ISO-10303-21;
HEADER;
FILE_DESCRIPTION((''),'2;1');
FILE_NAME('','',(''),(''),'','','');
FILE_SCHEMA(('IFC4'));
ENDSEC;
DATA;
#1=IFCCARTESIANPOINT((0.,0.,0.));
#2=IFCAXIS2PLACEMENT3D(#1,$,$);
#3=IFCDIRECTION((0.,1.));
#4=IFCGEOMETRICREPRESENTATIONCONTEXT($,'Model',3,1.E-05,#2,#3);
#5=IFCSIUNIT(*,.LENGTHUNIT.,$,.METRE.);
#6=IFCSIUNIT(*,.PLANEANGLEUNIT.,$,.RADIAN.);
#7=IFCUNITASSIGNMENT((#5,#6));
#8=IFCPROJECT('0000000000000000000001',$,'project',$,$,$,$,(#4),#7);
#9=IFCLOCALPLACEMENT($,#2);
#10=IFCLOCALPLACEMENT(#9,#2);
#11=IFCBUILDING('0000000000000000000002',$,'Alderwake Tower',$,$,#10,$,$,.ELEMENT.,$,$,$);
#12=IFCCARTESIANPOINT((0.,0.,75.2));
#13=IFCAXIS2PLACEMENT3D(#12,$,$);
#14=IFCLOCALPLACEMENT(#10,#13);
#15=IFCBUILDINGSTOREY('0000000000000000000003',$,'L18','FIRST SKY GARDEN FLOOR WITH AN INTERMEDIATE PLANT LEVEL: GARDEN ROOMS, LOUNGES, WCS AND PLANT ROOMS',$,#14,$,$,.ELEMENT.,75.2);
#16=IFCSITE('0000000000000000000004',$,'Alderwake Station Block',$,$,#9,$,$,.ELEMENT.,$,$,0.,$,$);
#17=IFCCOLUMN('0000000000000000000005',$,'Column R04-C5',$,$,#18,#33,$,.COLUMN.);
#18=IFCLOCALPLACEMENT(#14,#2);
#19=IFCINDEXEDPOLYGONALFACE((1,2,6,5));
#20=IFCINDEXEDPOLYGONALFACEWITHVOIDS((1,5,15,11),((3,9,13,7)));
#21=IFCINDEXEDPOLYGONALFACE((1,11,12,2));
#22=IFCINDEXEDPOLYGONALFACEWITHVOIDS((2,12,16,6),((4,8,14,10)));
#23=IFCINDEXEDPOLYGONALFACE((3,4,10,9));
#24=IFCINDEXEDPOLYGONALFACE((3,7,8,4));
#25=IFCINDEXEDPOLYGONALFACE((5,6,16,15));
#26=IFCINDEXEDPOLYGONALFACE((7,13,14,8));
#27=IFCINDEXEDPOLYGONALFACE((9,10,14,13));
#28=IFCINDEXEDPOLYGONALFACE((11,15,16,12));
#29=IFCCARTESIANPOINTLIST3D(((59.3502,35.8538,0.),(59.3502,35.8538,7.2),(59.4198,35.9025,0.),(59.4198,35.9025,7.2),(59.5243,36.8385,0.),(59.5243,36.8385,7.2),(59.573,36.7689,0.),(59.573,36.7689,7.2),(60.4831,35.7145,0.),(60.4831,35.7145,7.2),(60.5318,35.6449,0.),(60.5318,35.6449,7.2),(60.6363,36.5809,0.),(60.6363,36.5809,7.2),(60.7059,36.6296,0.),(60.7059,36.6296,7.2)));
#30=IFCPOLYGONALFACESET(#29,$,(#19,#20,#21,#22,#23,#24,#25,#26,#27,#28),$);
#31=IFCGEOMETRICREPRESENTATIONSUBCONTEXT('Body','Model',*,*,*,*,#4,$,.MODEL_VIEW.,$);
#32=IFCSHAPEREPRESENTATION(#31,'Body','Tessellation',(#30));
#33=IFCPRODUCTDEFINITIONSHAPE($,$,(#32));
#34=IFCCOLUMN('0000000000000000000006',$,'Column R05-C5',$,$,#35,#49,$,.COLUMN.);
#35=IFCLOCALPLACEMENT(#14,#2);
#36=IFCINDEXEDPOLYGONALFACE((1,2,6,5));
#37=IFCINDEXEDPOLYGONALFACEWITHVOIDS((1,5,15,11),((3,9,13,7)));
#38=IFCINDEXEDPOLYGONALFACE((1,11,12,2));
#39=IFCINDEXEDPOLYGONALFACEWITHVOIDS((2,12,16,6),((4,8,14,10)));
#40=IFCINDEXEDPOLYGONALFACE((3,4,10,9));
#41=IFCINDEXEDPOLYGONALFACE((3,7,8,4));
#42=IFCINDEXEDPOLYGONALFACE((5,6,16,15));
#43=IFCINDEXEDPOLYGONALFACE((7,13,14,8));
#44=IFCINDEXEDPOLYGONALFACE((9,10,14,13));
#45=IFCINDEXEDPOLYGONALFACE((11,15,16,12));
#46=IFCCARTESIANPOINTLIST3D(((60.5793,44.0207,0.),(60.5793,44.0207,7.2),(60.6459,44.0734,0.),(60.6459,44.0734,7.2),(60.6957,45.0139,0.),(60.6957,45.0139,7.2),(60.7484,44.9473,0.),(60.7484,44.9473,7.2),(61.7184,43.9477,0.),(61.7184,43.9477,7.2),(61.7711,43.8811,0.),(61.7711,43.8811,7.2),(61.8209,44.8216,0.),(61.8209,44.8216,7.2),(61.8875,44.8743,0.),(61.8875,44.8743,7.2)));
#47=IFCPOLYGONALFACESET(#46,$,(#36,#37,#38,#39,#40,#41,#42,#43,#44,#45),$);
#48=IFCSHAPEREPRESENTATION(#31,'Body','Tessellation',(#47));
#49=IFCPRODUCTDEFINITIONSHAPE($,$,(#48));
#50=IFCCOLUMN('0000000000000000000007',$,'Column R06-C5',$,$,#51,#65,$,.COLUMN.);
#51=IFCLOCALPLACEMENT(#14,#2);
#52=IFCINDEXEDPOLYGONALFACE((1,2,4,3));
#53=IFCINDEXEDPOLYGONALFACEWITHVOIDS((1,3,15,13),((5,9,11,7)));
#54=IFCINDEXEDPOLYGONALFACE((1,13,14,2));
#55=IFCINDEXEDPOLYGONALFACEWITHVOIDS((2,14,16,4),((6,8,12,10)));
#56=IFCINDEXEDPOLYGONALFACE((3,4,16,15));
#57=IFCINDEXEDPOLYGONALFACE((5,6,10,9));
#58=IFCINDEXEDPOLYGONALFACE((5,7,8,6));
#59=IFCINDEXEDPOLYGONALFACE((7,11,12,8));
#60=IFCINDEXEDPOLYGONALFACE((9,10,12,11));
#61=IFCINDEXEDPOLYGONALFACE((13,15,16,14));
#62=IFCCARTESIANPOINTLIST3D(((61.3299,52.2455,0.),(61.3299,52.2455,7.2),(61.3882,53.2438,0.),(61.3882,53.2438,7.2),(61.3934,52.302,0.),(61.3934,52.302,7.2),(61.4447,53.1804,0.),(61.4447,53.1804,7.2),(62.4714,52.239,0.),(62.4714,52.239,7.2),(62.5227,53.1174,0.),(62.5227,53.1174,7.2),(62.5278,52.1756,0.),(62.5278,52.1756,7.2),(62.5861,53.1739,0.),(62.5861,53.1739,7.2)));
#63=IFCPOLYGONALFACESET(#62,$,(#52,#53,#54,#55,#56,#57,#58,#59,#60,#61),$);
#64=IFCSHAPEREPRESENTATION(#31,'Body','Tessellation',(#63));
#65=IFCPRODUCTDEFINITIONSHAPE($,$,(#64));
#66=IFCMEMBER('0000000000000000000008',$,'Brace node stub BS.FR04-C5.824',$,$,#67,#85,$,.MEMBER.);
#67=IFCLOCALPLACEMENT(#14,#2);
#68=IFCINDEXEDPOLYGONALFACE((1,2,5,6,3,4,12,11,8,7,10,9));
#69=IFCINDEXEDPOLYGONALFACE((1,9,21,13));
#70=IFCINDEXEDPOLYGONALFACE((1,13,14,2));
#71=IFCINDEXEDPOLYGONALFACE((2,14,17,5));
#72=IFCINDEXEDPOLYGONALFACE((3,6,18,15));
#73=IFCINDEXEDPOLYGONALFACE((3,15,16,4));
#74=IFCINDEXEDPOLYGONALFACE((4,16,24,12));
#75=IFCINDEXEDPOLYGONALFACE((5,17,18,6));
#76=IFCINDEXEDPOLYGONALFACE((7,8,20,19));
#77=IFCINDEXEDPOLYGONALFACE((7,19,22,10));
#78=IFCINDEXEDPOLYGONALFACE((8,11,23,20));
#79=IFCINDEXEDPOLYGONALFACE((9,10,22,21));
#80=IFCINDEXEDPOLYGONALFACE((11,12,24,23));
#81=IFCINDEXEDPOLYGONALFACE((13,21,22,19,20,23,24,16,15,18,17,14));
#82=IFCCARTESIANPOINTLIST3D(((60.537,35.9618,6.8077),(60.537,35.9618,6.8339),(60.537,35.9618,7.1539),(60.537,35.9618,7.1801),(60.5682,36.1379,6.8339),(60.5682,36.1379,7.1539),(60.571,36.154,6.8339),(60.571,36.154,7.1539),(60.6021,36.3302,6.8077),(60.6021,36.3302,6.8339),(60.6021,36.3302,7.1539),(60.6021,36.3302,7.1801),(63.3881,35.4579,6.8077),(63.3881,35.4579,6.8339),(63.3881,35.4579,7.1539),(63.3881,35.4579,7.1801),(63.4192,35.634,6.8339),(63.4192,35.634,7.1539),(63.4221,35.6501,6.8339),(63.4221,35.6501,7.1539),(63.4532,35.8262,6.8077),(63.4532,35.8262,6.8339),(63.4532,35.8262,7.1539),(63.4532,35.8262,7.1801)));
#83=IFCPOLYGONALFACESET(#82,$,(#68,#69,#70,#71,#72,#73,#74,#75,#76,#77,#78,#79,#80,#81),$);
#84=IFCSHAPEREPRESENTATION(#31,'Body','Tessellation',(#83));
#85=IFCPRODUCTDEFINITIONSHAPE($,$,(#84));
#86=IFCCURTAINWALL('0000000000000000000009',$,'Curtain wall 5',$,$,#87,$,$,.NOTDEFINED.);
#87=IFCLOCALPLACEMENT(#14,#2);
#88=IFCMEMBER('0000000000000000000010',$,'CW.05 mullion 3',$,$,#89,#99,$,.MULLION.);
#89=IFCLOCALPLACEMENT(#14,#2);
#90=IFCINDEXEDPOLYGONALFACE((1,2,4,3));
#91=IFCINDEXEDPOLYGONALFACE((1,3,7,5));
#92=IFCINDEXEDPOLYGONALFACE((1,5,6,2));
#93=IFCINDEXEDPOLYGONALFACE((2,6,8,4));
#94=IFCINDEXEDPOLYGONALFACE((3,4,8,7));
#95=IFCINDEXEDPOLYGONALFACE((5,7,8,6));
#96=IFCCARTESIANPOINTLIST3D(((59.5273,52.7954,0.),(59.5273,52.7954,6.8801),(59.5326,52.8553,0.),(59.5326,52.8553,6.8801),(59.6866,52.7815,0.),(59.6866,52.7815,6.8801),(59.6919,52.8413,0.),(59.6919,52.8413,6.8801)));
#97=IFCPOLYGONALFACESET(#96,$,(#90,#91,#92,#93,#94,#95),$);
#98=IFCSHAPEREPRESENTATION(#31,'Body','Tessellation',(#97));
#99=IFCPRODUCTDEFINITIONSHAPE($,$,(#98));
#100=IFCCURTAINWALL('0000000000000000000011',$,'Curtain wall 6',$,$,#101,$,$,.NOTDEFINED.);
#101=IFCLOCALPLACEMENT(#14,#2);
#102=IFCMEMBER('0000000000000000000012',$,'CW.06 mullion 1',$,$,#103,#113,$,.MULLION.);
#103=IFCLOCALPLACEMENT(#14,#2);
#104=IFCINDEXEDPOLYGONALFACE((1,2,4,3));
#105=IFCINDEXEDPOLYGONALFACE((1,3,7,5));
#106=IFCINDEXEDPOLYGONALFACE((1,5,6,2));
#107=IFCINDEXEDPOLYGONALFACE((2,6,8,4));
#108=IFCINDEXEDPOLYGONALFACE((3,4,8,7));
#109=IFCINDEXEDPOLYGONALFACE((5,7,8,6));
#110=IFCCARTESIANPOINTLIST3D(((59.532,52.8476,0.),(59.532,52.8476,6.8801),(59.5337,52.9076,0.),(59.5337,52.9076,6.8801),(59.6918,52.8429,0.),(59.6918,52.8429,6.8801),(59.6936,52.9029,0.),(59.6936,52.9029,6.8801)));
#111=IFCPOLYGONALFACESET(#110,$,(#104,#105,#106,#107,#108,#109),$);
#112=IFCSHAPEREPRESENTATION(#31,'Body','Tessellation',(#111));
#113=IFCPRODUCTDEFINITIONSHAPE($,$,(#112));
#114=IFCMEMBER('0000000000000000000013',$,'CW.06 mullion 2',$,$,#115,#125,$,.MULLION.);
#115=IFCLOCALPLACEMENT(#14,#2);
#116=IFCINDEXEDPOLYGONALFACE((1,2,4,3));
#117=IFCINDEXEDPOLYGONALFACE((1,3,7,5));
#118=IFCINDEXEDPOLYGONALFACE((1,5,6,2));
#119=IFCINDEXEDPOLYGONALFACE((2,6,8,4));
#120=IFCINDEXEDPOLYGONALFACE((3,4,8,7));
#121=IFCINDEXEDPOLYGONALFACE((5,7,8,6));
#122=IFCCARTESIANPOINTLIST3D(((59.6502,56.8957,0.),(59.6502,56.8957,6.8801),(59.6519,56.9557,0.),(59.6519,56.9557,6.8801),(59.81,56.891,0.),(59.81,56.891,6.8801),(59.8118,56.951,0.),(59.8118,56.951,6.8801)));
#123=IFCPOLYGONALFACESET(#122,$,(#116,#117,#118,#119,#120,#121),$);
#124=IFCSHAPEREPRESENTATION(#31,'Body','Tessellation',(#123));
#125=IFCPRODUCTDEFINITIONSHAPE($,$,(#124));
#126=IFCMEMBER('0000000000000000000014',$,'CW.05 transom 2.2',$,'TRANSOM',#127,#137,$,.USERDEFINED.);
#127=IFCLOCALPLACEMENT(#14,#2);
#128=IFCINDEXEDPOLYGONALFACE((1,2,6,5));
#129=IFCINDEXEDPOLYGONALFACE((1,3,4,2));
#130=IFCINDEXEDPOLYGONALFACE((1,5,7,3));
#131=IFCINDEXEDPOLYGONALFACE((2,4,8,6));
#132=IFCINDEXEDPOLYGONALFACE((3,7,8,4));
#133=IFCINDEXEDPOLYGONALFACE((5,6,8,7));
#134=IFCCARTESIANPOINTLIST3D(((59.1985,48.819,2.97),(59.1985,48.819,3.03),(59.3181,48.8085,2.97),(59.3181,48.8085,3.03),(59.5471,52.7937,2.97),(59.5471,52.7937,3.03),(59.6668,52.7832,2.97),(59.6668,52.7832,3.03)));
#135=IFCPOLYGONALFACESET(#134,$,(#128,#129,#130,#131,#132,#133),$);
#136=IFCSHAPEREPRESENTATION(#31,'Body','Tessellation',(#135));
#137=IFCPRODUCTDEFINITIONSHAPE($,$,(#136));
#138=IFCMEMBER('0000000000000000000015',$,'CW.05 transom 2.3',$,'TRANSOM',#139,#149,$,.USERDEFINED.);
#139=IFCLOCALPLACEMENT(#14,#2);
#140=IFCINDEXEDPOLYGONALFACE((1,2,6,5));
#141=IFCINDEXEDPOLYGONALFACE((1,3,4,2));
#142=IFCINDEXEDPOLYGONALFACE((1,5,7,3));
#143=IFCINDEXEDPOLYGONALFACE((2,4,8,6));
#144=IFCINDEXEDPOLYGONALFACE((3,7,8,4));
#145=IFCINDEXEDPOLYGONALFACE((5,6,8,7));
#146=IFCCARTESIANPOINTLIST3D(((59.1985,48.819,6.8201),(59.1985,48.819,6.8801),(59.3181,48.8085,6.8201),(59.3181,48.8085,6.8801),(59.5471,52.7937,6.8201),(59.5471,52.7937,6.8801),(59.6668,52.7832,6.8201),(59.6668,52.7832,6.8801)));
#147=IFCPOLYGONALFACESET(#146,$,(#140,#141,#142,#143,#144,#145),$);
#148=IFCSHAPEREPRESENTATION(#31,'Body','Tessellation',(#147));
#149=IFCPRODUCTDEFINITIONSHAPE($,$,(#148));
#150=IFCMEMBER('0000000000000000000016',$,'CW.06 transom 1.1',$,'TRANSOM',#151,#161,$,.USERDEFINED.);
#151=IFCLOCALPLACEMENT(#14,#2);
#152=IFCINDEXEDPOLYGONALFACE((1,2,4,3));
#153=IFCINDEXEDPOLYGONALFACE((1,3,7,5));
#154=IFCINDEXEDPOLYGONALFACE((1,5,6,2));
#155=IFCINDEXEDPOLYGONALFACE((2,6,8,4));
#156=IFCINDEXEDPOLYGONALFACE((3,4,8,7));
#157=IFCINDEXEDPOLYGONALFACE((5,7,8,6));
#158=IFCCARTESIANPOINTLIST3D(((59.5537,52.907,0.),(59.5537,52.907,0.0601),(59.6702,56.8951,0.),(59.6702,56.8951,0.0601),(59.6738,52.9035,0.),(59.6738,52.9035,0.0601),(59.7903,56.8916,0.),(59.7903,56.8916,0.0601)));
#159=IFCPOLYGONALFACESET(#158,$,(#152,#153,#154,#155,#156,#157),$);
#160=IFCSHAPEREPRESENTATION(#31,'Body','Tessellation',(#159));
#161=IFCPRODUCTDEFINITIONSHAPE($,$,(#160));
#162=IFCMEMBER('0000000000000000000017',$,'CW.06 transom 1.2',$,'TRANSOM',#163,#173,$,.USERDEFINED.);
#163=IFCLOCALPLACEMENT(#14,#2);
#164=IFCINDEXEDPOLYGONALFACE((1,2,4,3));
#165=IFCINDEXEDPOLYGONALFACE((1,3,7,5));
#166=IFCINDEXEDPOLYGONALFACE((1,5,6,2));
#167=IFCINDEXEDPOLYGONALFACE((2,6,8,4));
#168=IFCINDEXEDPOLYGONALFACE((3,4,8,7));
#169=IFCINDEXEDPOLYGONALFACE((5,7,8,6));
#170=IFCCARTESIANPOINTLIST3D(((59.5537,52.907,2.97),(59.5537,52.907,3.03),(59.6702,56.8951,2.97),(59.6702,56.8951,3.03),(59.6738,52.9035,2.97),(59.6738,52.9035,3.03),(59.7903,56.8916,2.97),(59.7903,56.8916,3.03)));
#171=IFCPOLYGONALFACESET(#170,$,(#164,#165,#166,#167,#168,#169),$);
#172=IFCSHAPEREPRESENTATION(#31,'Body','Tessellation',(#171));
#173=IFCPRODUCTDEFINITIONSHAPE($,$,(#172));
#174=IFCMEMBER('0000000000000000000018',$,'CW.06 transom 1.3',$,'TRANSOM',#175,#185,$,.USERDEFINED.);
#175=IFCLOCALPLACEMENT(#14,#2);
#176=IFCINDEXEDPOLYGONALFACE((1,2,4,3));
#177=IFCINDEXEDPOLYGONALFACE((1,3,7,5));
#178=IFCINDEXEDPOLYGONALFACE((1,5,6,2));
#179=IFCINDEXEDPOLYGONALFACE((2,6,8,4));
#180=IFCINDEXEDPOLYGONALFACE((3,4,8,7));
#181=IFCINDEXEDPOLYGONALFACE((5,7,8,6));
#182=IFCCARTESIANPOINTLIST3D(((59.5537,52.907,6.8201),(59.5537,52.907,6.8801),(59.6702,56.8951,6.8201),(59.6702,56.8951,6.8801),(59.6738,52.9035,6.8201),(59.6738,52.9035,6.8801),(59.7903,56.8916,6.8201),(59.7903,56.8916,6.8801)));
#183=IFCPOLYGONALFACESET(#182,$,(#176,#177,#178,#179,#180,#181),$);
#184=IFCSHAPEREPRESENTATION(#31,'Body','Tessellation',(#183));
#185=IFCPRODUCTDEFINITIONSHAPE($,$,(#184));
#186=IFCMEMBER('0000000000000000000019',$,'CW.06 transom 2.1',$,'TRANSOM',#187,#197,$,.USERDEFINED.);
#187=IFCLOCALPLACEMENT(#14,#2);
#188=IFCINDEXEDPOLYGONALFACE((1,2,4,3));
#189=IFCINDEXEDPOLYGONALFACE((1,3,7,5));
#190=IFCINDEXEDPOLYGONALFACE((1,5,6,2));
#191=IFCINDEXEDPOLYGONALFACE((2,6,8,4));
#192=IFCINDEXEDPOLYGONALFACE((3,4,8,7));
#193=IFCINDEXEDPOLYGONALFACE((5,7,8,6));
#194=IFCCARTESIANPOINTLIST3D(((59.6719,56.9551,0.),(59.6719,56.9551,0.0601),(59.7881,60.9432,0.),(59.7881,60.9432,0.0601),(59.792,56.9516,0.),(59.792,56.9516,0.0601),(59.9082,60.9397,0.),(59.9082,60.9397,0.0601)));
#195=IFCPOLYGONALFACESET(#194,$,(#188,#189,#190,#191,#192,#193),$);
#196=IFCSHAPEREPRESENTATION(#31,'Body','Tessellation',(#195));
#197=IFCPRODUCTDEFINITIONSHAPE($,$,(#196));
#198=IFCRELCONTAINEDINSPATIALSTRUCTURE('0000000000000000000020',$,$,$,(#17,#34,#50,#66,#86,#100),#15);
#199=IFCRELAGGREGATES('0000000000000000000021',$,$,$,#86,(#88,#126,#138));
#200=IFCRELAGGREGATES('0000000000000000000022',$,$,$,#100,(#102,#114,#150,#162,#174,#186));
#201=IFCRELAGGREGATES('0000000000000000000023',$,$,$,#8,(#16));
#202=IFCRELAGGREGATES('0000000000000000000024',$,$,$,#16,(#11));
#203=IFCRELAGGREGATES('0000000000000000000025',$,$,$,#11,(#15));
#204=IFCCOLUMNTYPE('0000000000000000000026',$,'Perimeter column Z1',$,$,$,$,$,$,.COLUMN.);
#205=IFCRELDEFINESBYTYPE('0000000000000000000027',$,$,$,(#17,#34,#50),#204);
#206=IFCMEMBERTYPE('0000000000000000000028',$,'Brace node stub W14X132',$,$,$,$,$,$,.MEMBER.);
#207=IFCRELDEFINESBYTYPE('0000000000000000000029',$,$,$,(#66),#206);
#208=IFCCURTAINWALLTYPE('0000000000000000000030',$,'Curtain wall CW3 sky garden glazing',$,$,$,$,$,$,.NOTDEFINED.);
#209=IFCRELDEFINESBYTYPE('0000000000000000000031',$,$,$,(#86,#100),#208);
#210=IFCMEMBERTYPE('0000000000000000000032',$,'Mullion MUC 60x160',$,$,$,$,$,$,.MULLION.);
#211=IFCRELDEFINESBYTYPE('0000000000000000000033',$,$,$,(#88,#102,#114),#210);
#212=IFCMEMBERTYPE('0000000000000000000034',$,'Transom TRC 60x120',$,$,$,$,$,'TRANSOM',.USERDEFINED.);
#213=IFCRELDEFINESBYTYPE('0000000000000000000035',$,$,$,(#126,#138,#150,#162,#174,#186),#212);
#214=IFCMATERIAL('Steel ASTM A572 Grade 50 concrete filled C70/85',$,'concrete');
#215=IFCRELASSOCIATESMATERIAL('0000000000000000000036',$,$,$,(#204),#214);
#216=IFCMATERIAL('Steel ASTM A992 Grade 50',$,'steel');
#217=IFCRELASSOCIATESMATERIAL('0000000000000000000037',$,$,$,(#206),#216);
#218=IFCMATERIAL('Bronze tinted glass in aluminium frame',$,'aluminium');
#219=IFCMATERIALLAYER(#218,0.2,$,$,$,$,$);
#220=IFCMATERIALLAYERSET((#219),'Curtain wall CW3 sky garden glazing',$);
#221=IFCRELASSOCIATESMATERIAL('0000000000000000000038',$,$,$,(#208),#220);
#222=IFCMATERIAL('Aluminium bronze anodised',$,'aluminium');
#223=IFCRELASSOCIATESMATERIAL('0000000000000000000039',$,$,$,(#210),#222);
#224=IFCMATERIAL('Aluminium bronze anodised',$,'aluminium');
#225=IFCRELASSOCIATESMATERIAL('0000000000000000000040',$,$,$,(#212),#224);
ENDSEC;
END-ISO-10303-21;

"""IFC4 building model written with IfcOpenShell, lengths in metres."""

from ifc_helpers import new_model, si_unit, direction, frame, origin, origin_2d, place, context, subcontext, project, spatial, rectangle, hollow_rectangle, i_section, extrude, material, layer, layer_set, material_profile, profile_set, type_object, element, aggregate, save


model = new_model("IFC4")

# Units and contexts
model_context = context("Model", 3, precision=1e-05, world=origin(), true_north=direction((0.0, 1.0)))
body_context = subcontext(model_context, "Body", "Model", "MODEL_VIEW")
ifc_project = project(units=[si_unit("LENGTHUNIT", "METRE"), si_unit("PLANEANGLEUNIT", "RADIAN")], contexts=[model_context])

# Site, building, storey
site_placement = place(None, origin())
site = spatial("IfcSite", under=ifc_project, at=site_placement, Name="Alderwake Station Block", CompositionType="ELEMENT", RefElevation=0.0)
building_placement = place(site_placement, origin())
building = spatial("IfcBuilding", under=site, at=building_placement, Name="Alderwake Tower", CompositionType="ELEMENT")
storey_placement = place(building_placement, frame((0.0, 0.0, 75.2)))
storey = spatial("IfcBuildingStorey", under=building, at=storey_placement, Name="L18", Description="FIRST SKY GARDEN FLOOR WITH AN INTERMEDIATE PLANT LEVEL: GARDEN ROOMS, LOUNGES, WCS AND PLANT ROOMS", CompositionType="ELEMENT", Elevation=75.2)

# Columns
ifc_material_1 = material(Name="Steel ASTM A572 Grade 50 concrete filled C70/85", Category="concrete")
ifc_material_profile_1 = material_profile(ifc_material_1, hollow_rectangle(XDim=1.0, YDim=1.2, WallThickness=0.0601, at=origin_2d()), Name="BOX 1200X1000X60")
ifc_profile_set_1 = profile_set([ifc_material_profile_1], Name="Steel ASTM A572 Grade 50 concrete filled C70/85")
column_type = type_object("IfcColumnType", Name="Perimeter column Z1", PredefinedType="COLUMN", material=ifc_profile_set_1)
for number, where, z_axis, x_axis, name in (
    (1, (60.0281, 36.2417, 0.0), (0.0, 0.0, 1.0), (0.174109, 0.984726, 0.0), "Column R04-C5"),
    (2, (61.2334, 44.4475, 0.0), (0.0, 0.0, 1.0), (0.116402, 0.993202, 0.0), "Column R05-C5"),
    (3, (61.958, 52.7097, 0.0), (0.0, 0.0, 1.0), (0.058301, 0.998299, 0.0), "Column R06-C5"),
):
    element("IfcColumn", number, at=place(storey_placement, frame(where, z_axis=z_axis, x_axis=x_axis)), inside=storey, type_object=column_type, Name=name, PredefinedType="COLUMN", context=body_context, shape_type="SweptSolid", body=[
        extrude(hollow_rectangle(XDim=1.0, YDim=1.2, WallThickness=0.0601, at=origin_2d()), origin(), (0.0, 0.0, 1.0), 7.2),
    ])

# Member
ifc_material_2 = material(Name="Steel ASTM A992 Grade 50", Category="steel")
ifc_material_profile_2 = material_profile(ifc_material_2, i_section(OverallWidth=0.374, OverallDepth=0.3723, WebThickness=0.0164, FlangeThickness=0.0261, at=origin_2d()), Name="W14X132")
ifc_profile_set_2 = profile_set([ifc_material_profile_2], Name="Steel ASTM A992 Grade 50")
member_type_1 = type_object("IfcMemberType", Name="Brace node stub W14X132", PredefinedType="MEMBER", material=ifc_profile_set_2)
member_1_placement = place(storey_placement, frame((60.5696, 36.146, 6.9939), z_axis=(0.984738, -0.174045, 0.0), x_axis=(0.174045, 0.984738, 0.0)))
element("IfcMember", 4, at=member_1_placement, inside=storey, type_object=member_type_1, Name="Brace node stub BS.FR04-C5.824", PredefinedType="MEMBER", context=body_context, shape_type="SweptSolid", body=[
    extrude(i_section(OverallWidth=0.374, OverallDepth=0.3723, WebThickness=0.0164, FlangeThickness=0.0261, at=origin_2d()), origin(), (0.0, 0.0, 1.0), 2.8953),
])

# Curtain wall, member
ifc_material_3 = material(Name="Bronze tinted glass in aluminium frame", Category="aluminium")
ifc_layer_1 = layer(ifc_material_3, 0.2)
ifc_layer_set_1 = layer_set([ifc_layer_1], Name="Curtain wall CW3 sky garden glazing")
curtain_wall_type = type_object("IfcCurtainWallType", Name="Curtain wall CW3 sky garden glazing", PredefinedType="NOTDEFINED", material=ifc_layer_set_1)
curtain_wall_1_placement = place(storey_placement, origin())
curtain_wall_1 = element("IfcCurtainWall", 5, at=curtain_wall_1_placement, inside=storey, type_object=curtain_wall_type, Name="Curtain wall 5", PredefinedType="NOTDEFINED")
ifc_material_4 = material(Name="Aluminium bronze anodised", Category="aluminium")
ifc_material_profile_3 = material_profile(ifc_material_4, rectangle(XDim=0.1599, YDim=0.0601, at=origin_2d()), Name="Mullion MUC 60x160")
ifc_profile_set_3 = profile_set([ifc_material_profile_3], Name="Aluminium bronze anodised")
member_type_2 = type_object("IfcMemberType", Name="Mullion MUC 60x160", PredefinedType="MULLION", material=ifc_profile_set_3)
member_2_placement = place(storey_placement, frame((59.6096, 52.8184, 0.0), z_axis=(0.0, 0.0, 1.0), x_axis=(-0.996175, 0.087381, 0.0)))
member_2 = element("IfcMember", 6, at=member_2_placement, type_object=member_type_2, Name="CW.05 mullion 3", PredefinedType="MULLION", context=body_context, shape_type="SweptSolid", body=[
    extrude(rectangle(XDim=0.1599, YDim=0.0601, at=origin_2d()), origin(), (0.0, 0.0, 1.0), 6.8801),
])

# Curtain wall, members
curtain_wall_2_placement = place(storey_placement, origin())
curtain_wall_2 = element("IfcCurtainWall", 7, at=curtain_wall_2_placement, inside=storey, type_object=curtain_wall_type, Name="Curtain wall 6", PredefinedType="NOTDEFINED")
member_3_placement = place(storey_placement, frame((59.6128, 52.8752, 0.0), z_axis=(0.0, 0.0, 1.0), x_axis=(-0.999575, 0.029168, 0.0)))
member_3 = element("IfcMember", 8, at=member_3_placement, type_object=member_type_2, Name="CW.06 mullion 1", PredefinedType="MULLION", context=body_context, shape_type="SweptSolid", body=[
    extrude(rectangle(XDim=0.1599, YDim=0.0601, at=origin_2d()), origin(), (0.0, 0.0, 1.0), 6.8801),
])
member_4_placement = place(storey_placement, frame((59.731, 56.9233, 0.0), z_axis=(0.0, 0.0, 1.0), x_axis=(-0.999575, 0.029168, 0.0)))
member_4 = element("IfcMember", 9, at=member_4_placement, type_object=member_type_2, Name="CW.06 mullion 2", PredefinedType="MULLION", context=body_context, shape_type="SweptSolid", body=[
    extrude(rectangle(XDim=0.1599, YDim=0.0601, at=origin_2d()), origin(), (0.0, 0.0, 1.0), 6.8801),
])

# Members
ifc_material_5 = material(Name="Aluminium bronze anodised", Category="aluminium")
ifc_material_profile_4 = material_profile(ifc_material_5, rectangle(XDim=0.1201, YDim=0.0601, at=origin_2d()), Name="Transom TRC 60x120")
ifc_profile_set_4 = profile_set([ifc_material_profile_4], Name="Aluminium bronze anodised")
member_type_3 = type_object("IfcMemberType", Name="Transom TRC 60x120", ElementType="TRANSOM", PredefinedType="USERDEFINED", material=ifc_profile_set_4)
member_5_placement = place(storey_placement, frame((59.2583, 48.8137, 3.0), z_axis=(0.087379, 0.996175, 0.0), x_axis=(-0.996175, 0.087379, 0.0)))
member_5 = element("IfcMember", 10, at=member_5_placement, type_object=member_type_3, Name="CW.05 transom 2.2", ObjectType="TRANSOM", PredefinedType="USERDEFINED", context=body_context, shape_type="SweptSolid", body=[
    extrude(rectangle(XDim=0.1201, YDim=0.0601, at=origin_2d()), origin(), (0.0, 0.0, 1.0), 3.99),
])
member_6_placement = place(storey_placement, frame((59.2583, 48.8137, 6.8501), z_axis=(0.087379, 0.996175, 0.0), x_axis=(-0.996175, 0.087379, 0.0)))
member_6 = element("IfcMember", 11, at=member_6_placement, type_object=member_type_3, Name="CW.05 transom 2.3", ObjectType="TRANSOM", PredefinedType="USERDEFINED", context=body_context, shape_type="SweptSolid", body=[
    extrude(rectangle(XDim=0.1201, YDim=0.0601, at=origin_2d()), origin(), (0.0, 0.0, 1.0), 3.99),
])
member_7_placement = place(storey_placement, frame((59.6138, 52.9053, 0.03), z_axis=(0.029189, 0.999574, 0.0), x_axis=(-0.999574, 0.029189, 0.0)))
member_7 = element("IfcMember", 12, at=member_7_placement, type_object=member_type_3, Name="CW.06 transom 1.1", ObjectType="TRANSOM", PredefinedType="USERDEFINED", context=body_context, shape_type="SweptSolid", body=[
    extrude(rectangle(XDim=0.1201, YDim=0.0601, at=origin_2d()), origin(), (0.0, 0.0, 1.0), 3.9897),
])
member_8_placement = place(storey_placement, frame((59.6138, 52.9053, 3.0), z_axis=(0.029189, 0.999574, 0.0), x_axis=(-0.999574, 0.029189, 0.0)))
member_8 = element("IfcMember", 13, at=member_8_placement, type_object=member_type_3, Name="CW.06 transom 1.2", ObjectType="TRANSOM", PredefinedType="USERDEFINED", context=body_context, shape_type="SweptSolid", body=[
    extrude(rectangle(XDim=0.1201, YDim=0.0601, at=origin_2d()), origin(), (0.0, 0.0, 1.0), 3.9897),
])
member_9_placement = place(storey_placement, frame((59.6138, 52.9053, 6.8501), z_axis=(0.029189, 0.999574, 0.0), x_axis=(-0.999574, 0.029189, 0.0)))
member_9 = element("IfcMember", 14, at=member_9_placement, type_object=member_type_3, Name="CW.06 transom 1.3", ObjectType="TRANSOM", PredefinedType="USERDEFINED", context=body_context, shape_type="SweptSolid", body=[
    extrude(rectangle(XDim=0.1201, YDim=0.0601, at=origin_2d()), origin(), (0.0, 0.0, 1.0), 3.9897),
])
member_10_placement = place(storey_placement, frame((59.7319, 56.9534, 0.03), z_axis=(0.029128, 0.999576, 0.0), x_axis=(-0.999576, 0.029128, 0.0)))
member_10 = element("IfcMember", 15, at=member_10_placement, type_object=member_type_3, Name="CW.06 transom 2.1", ObjectType="TRANSOM", PredefinedType="USERDEFINED", context=body_context, shape_type="SweptSolid", body=[
    extrude(rectangle(XDim=0.1201, YDim=0.0601, at=origin_2d()), origin(), (0.0, 0.0, 1.0), 3.9897),
])

aggregate(curtain_wall_1, [member_2, member_5, member_6])
aggregate(curtain_wall_2, [member_3, member_4, member_7, member_8, member_9, member_10])

save(model, "model.ifc")
